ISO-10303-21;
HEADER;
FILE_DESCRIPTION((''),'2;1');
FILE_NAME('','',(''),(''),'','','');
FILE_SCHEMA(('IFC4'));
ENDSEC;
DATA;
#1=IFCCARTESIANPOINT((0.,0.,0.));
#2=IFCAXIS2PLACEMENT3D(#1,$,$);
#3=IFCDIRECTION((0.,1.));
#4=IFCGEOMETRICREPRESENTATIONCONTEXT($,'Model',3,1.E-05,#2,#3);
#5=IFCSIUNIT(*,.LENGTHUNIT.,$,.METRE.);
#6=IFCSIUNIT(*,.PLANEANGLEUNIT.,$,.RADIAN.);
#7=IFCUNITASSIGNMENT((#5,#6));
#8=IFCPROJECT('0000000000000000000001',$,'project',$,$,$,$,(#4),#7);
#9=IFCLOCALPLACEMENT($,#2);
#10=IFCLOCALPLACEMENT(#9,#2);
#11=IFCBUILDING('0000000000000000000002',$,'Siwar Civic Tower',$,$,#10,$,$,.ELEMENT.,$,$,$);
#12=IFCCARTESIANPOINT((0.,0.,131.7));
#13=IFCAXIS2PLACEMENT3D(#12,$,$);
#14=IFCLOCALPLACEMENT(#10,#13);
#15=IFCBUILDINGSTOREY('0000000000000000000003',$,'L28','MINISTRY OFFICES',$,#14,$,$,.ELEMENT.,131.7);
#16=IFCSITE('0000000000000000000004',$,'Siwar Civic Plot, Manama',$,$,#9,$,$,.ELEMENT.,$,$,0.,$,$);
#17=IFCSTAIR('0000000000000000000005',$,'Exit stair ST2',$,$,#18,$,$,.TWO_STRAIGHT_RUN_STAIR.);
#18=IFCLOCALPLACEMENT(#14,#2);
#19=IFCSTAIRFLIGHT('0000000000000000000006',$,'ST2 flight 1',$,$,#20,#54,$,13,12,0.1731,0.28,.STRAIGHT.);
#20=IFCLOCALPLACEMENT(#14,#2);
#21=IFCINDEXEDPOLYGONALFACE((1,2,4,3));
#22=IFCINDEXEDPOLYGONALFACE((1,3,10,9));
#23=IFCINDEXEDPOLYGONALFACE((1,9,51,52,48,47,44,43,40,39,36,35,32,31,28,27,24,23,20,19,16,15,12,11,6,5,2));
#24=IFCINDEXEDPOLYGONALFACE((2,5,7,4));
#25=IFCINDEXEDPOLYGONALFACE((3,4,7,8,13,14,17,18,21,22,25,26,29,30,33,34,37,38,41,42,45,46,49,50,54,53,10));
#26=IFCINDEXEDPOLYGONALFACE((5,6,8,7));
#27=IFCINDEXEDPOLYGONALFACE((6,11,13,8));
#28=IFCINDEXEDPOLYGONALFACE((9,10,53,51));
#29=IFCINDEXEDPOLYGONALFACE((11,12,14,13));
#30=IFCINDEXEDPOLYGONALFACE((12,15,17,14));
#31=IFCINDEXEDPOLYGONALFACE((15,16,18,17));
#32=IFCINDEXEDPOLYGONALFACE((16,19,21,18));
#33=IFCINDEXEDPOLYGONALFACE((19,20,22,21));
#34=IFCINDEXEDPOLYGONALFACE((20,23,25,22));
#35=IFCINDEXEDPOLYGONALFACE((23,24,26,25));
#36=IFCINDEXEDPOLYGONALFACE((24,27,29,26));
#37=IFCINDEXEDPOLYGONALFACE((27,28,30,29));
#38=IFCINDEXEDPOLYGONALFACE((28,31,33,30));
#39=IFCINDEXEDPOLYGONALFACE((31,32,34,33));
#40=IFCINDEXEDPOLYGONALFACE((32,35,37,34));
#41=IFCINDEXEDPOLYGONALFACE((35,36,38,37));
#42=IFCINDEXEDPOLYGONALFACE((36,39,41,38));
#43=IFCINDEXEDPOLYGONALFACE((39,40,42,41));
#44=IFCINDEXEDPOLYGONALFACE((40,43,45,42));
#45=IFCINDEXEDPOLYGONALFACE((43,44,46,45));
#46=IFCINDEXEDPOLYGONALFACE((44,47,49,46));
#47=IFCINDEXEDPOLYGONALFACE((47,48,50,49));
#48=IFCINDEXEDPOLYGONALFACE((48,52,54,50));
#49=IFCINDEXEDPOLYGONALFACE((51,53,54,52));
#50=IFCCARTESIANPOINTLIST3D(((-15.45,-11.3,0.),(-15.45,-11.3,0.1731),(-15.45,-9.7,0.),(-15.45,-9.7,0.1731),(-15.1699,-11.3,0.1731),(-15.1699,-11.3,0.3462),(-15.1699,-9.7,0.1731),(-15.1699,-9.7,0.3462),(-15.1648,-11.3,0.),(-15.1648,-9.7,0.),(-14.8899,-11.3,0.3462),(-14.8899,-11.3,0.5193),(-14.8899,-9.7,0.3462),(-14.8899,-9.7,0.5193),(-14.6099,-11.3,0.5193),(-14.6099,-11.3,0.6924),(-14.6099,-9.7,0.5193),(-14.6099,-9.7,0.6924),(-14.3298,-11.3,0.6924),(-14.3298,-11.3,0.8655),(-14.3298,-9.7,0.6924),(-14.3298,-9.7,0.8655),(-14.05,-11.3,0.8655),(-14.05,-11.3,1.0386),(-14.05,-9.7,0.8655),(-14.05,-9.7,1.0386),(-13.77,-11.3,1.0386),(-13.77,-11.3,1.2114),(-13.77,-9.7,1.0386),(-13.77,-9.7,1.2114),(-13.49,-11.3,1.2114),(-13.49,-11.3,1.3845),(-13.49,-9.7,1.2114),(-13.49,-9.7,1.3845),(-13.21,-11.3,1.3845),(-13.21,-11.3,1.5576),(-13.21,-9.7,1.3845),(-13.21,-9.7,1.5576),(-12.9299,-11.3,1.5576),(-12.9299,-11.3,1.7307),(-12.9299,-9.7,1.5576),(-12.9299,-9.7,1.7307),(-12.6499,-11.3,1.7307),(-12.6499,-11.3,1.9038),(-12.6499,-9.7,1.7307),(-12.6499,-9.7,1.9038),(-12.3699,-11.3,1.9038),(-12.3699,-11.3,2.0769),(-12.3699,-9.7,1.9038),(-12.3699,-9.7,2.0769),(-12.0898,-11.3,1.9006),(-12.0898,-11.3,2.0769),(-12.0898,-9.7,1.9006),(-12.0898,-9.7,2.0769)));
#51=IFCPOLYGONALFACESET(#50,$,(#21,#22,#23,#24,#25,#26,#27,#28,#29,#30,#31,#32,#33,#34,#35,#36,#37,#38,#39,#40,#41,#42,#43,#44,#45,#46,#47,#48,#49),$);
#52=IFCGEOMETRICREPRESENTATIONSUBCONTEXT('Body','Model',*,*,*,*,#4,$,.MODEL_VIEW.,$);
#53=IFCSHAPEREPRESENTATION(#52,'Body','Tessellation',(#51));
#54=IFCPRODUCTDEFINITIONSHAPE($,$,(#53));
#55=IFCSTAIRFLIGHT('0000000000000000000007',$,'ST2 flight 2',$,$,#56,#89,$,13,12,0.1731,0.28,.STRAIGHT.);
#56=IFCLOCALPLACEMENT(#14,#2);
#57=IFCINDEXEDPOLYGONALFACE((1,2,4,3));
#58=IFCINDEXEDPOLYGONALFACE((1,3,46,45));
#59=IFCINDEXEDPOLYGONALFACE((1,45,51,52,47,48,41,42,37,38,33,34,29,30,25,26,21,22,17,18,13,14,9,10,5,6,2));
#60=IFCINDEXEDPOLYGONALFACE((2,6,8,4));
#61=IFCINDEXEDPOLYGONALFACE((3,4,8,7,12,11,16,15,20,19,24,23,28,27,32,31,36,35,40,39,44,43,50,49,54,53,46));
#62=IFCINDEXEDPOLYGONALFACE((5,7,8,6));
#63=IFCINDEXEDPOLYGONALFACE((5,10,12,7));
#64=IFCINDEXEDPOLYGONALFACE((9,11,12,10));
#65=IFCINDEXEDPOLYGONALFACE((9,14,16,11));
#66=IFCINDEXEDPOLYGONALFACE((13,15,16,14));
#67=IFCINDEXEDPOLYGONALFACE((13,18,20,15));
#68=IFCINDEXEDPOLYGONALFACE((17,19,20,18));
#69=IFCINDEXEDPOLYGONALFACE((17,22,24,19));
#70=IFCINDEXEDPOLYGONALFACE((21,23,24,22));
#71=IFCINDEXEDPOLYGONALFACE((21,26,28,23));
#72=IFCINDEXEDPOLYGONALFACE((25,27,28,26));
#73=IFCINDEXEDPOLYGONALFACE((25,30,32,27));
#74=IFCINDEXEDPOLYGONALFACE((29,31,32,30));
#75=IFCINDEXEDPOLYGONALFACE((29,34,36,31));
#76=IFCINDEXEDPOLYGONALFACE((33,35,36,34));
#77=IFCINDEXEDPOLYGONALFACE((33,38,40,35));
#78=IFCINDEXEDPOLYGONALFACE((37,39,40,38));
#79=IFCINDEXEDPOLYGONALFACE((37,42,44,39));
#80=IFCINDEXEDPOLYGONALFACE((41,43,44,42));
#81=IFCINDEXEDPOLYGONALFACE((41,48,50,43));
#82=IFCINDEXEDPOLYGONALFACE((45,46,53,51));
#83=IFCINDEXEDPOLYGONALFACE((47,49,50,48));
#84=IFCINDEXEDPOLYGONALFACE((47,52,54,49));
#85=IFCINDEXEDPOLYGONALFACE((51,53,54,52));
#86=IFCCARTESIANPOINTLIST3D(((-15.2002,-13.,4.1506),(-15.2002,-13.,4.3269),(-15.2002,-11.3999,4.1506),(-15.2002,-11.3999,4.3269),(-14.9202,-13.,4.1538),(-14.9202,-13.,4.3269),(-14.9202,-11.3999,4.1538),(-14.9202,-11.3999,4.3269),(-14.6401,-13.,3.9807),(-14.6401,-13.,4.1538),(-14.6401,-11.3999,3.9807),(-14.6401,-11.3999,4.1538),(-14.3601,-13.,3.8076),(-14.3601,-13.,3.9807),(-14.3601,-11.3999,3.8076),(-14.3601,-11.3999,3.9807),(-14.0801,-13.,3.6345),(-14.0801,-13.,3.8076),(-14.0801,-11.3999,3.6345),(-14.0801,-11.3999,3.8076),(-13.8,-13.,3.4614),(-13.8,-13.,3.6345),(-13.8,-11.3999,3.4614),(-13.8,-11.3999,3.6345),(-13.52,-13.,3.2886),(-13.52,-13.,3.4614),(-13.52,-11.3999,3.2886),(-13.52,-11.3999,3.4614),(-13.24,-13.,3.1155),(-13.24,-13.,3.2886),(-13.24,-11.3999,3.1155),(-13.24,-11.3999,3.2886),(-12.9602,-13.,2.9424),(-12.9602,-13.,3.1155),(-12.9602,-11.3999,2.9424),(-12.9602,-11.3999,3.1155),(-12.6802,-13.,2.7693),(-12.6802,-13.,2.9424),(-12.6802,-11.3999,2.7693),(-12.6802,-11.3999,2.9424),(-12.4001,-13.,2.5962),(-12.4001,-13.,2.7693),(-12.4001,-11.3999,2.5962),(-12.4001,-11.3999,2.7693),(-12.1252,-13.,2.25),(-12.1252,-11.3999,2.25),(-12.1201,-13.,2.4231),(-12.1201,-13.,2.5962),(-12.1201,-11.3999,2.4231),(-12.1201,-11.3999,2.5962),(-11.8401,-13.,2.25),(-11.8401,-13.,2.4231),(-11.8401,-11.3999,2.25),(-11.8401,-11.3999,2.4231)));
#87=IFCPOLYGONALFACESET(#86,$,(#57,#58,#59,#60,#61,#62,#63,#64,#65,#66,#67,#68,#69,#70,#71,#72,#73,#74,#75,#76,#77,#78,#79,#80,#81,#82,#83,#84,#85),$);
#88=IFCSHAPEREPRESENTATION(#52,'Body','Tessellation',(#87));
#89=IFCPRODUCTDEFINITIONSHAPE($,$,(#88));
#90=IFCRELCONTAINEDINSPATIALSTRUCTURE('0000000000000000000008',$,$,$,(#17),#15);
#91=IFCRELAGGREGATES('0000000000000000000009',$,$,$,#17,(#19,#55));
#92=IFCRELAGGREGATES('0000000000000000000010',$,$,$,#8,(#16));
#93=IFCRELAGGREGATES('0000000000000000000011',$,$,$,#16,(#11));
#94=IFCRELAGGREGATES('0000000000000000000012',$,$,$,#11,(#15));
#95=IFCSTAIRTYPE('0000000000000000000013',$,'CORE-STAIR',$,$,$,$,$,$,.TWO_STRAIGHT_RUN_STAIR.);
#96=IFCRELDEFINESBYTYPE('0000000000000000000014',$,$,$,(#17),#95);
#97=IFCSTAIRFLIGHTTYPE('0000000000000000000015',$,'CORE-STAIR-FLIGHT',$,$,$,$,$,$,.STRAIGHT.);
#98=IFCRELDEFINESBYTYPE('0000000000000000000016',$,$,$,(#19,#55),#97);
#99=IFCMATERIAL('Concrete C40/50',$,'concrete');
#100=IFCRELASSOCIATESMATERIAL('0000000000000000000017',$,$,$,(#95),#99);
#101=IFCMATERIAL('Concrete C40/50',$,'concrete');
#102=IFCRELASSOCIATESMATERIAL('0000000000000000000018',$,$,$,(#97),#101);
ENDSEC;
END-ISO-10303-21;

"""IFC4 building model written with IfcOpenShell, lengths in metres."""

from ifc_helpers import new_model, si_unit, direction, frame, origin, place, context, subcontext, project, spatial, polyline, outline, extrude, material, type_object, element, aggregate, save


model = new_model("IFC4")

# Units and contexts
model_context = context("Model", 3, precision=1e-05, world=origin(), true_north=direction((0.0, 1.0)))
body_context = subcontext(model_context, "Body", "Model", "MODEL_VIEW")
ifc_project = project(units=[si_unit("LENGTHUNIT", "METRE"), si_unit("PLANEANGLEUNIT", "RADIAN")], contexts=[model_context])

# Site, building, storey
site_placement = place(None, origin())
site = spatial("IfcSite", under=ifc_project, at=site_placement, Name="Siwar Civic Plot, Manama", CompositionType="ELEMENT", RefElevation=0.0)
building_placement = place(site_placement, origin())
building = spatial("IfcBuilding", under=site, at=building_placement, Name="Siwar Civic Tower", CompositionType="ELEMENT")
storey_placement = place(building_placement, frame((0.0, 0.0, 131.7)))
storey = spatial("IfcBuildingStorey", under=building, at=storey_placement, Name="L28", Description="MINISTRY OFFICES", CompositionType="ELEMENT", Elevation=131.7)

# Stair, stair flights
ifc_material_1 = material(Name="Concrete C40/50", Category="concrete")
stair_type = type_object("IfcStairType", Name="CORE-STAIR", PredefinedType="TWO_STRAIGHT_RUN_STAIR", material=ifc_material_1)
stair_placement = place(storey_placement, origin())
stair = element("IfcStair", 1, at=stair_placement, inside=storey, type_object=stair_type, Name="Exit stair ST2", PredefinedType="TWO_STRAIGHT_RUN_STAIR")
ifc_material_2 = material(Name="Concrete C40/50", Category="concrete")
stair_flight_type = type_object("IfcStairFlightType", Name="CORE-STAIR-FLIGHT", PredefinedType="STRAIGHT", material=ifc_material_2)
stair_flight_1_placement = place(storey_placement, frame((-15.45, -10.5, 0.0), z_axis=(0.0, 0.0, 1.0), x_axis=(1.0, 0.0, 0.0)))
stair_flight_1 = element("IfcStairFlight", 2, at=stair_flight_1_placement, type_object=stair_flight_type, Name="ST2 flight 1", NumberOfRisers=13, NumberOfTreads=12, PredefinedType="STRAIGHT", RiserHeight=0.1731, TreadLength=0.28, context=body_context, shape_type="SweptSolid", body=[
    extrude(outline(polyline([(0.0, 0.0), (0.0, 0.1731), (0.28, 0.1731), (0.28, 0.3462), (0.5601, 0.3462), (0.5601, 0.5193), (0.8401, 0.5193), (0.8401, 0.6924), (1.1201, 0.6924), (1.1201, 0.8655), (1.3999, 0.8655), (1.3999, 1.0386), (1.6799, 1.0386), (1.6799, 1.2114), (1.96, 1.2114), (1.96, 1.3845), (2.24, 1.3845), (2.24, 1.5576), (2.52, 1.5576), (2.52, 1.7307), (2.8, 1.7307), (2.8, 1.9038), (3.0801, 1.9038), (3.0801, 2.0769), (3.3601, 2.0769), (3.3601, 2.25), (3.3601, 1.9006), (0.2852, 0.0), (0.0, 0.0)])), frame((0.0, 0.8, 0.0), z_axis=(0.0, -1.0, 0.0), x_axis=(1.0, 0.0, 0.0)), (0.0, 0.0, 1.0), 1.6001),
])
stair_flight_2_placement = place(storey_placement, frame((-11.8401, -12.2, 2.25), z_axis=(0.0, 0.0, 1.0), x_axis=(-1.0, 0.0, 0.0)))
stair_flight_2 = element("IfcStairFlight", 3, at=stair_flight_2_placement, type_object=stair_flight_type, Name="ST2 flight 2", NumberOfRisers=13, NumberOfTreads=12, PredefinedType="STRAIGHT", RiserHeight=0.1731, TreadLength=0.28, context=body_context, shape_type="SweptSolid", body=[
    extrude(outline(polyline([(0.0, 0.0), (0.0, 0.1731), (0.28, 0.1731), (0.28, 0.3462), (0.5601, 0.3462), (0.5601, 0.5193), (0.8401, 0.5193), (0.8401, 0.6924), (1.1201, 0.6924), (1.1201, 0.8655), (1.3999, 0.8655), (1.3999, 1.0386), (1.6799, 1.0386), (1.6799, 1.2114), (1.96, 1.2114), (1.96, 1.3845), (2.24, 1.3845), (2.24, 1.5576), (2.52, 1.5576), (2.52, 1.7307), (2.8, 1.7307), (2.8, 1.9038), (3.0801, 1.9038), (3.0801, 2.0769), (3.3601, 2.0769), (3.3601, 2.25), (3.3601, 1.9006), (0.2852, 0.0), (0.0, 0.0)])), frame((0.0, 0.8, 0.0), z_axis=(0.0, -1.0, 0.0), x_axis=(1.0, 0.0, 0.0)), (0.0, 0.0, 1.0), 1.6001),
])
aggregate(stair, [stair_flight_1, stair_flight_2])

save(model, "model.ifc")
